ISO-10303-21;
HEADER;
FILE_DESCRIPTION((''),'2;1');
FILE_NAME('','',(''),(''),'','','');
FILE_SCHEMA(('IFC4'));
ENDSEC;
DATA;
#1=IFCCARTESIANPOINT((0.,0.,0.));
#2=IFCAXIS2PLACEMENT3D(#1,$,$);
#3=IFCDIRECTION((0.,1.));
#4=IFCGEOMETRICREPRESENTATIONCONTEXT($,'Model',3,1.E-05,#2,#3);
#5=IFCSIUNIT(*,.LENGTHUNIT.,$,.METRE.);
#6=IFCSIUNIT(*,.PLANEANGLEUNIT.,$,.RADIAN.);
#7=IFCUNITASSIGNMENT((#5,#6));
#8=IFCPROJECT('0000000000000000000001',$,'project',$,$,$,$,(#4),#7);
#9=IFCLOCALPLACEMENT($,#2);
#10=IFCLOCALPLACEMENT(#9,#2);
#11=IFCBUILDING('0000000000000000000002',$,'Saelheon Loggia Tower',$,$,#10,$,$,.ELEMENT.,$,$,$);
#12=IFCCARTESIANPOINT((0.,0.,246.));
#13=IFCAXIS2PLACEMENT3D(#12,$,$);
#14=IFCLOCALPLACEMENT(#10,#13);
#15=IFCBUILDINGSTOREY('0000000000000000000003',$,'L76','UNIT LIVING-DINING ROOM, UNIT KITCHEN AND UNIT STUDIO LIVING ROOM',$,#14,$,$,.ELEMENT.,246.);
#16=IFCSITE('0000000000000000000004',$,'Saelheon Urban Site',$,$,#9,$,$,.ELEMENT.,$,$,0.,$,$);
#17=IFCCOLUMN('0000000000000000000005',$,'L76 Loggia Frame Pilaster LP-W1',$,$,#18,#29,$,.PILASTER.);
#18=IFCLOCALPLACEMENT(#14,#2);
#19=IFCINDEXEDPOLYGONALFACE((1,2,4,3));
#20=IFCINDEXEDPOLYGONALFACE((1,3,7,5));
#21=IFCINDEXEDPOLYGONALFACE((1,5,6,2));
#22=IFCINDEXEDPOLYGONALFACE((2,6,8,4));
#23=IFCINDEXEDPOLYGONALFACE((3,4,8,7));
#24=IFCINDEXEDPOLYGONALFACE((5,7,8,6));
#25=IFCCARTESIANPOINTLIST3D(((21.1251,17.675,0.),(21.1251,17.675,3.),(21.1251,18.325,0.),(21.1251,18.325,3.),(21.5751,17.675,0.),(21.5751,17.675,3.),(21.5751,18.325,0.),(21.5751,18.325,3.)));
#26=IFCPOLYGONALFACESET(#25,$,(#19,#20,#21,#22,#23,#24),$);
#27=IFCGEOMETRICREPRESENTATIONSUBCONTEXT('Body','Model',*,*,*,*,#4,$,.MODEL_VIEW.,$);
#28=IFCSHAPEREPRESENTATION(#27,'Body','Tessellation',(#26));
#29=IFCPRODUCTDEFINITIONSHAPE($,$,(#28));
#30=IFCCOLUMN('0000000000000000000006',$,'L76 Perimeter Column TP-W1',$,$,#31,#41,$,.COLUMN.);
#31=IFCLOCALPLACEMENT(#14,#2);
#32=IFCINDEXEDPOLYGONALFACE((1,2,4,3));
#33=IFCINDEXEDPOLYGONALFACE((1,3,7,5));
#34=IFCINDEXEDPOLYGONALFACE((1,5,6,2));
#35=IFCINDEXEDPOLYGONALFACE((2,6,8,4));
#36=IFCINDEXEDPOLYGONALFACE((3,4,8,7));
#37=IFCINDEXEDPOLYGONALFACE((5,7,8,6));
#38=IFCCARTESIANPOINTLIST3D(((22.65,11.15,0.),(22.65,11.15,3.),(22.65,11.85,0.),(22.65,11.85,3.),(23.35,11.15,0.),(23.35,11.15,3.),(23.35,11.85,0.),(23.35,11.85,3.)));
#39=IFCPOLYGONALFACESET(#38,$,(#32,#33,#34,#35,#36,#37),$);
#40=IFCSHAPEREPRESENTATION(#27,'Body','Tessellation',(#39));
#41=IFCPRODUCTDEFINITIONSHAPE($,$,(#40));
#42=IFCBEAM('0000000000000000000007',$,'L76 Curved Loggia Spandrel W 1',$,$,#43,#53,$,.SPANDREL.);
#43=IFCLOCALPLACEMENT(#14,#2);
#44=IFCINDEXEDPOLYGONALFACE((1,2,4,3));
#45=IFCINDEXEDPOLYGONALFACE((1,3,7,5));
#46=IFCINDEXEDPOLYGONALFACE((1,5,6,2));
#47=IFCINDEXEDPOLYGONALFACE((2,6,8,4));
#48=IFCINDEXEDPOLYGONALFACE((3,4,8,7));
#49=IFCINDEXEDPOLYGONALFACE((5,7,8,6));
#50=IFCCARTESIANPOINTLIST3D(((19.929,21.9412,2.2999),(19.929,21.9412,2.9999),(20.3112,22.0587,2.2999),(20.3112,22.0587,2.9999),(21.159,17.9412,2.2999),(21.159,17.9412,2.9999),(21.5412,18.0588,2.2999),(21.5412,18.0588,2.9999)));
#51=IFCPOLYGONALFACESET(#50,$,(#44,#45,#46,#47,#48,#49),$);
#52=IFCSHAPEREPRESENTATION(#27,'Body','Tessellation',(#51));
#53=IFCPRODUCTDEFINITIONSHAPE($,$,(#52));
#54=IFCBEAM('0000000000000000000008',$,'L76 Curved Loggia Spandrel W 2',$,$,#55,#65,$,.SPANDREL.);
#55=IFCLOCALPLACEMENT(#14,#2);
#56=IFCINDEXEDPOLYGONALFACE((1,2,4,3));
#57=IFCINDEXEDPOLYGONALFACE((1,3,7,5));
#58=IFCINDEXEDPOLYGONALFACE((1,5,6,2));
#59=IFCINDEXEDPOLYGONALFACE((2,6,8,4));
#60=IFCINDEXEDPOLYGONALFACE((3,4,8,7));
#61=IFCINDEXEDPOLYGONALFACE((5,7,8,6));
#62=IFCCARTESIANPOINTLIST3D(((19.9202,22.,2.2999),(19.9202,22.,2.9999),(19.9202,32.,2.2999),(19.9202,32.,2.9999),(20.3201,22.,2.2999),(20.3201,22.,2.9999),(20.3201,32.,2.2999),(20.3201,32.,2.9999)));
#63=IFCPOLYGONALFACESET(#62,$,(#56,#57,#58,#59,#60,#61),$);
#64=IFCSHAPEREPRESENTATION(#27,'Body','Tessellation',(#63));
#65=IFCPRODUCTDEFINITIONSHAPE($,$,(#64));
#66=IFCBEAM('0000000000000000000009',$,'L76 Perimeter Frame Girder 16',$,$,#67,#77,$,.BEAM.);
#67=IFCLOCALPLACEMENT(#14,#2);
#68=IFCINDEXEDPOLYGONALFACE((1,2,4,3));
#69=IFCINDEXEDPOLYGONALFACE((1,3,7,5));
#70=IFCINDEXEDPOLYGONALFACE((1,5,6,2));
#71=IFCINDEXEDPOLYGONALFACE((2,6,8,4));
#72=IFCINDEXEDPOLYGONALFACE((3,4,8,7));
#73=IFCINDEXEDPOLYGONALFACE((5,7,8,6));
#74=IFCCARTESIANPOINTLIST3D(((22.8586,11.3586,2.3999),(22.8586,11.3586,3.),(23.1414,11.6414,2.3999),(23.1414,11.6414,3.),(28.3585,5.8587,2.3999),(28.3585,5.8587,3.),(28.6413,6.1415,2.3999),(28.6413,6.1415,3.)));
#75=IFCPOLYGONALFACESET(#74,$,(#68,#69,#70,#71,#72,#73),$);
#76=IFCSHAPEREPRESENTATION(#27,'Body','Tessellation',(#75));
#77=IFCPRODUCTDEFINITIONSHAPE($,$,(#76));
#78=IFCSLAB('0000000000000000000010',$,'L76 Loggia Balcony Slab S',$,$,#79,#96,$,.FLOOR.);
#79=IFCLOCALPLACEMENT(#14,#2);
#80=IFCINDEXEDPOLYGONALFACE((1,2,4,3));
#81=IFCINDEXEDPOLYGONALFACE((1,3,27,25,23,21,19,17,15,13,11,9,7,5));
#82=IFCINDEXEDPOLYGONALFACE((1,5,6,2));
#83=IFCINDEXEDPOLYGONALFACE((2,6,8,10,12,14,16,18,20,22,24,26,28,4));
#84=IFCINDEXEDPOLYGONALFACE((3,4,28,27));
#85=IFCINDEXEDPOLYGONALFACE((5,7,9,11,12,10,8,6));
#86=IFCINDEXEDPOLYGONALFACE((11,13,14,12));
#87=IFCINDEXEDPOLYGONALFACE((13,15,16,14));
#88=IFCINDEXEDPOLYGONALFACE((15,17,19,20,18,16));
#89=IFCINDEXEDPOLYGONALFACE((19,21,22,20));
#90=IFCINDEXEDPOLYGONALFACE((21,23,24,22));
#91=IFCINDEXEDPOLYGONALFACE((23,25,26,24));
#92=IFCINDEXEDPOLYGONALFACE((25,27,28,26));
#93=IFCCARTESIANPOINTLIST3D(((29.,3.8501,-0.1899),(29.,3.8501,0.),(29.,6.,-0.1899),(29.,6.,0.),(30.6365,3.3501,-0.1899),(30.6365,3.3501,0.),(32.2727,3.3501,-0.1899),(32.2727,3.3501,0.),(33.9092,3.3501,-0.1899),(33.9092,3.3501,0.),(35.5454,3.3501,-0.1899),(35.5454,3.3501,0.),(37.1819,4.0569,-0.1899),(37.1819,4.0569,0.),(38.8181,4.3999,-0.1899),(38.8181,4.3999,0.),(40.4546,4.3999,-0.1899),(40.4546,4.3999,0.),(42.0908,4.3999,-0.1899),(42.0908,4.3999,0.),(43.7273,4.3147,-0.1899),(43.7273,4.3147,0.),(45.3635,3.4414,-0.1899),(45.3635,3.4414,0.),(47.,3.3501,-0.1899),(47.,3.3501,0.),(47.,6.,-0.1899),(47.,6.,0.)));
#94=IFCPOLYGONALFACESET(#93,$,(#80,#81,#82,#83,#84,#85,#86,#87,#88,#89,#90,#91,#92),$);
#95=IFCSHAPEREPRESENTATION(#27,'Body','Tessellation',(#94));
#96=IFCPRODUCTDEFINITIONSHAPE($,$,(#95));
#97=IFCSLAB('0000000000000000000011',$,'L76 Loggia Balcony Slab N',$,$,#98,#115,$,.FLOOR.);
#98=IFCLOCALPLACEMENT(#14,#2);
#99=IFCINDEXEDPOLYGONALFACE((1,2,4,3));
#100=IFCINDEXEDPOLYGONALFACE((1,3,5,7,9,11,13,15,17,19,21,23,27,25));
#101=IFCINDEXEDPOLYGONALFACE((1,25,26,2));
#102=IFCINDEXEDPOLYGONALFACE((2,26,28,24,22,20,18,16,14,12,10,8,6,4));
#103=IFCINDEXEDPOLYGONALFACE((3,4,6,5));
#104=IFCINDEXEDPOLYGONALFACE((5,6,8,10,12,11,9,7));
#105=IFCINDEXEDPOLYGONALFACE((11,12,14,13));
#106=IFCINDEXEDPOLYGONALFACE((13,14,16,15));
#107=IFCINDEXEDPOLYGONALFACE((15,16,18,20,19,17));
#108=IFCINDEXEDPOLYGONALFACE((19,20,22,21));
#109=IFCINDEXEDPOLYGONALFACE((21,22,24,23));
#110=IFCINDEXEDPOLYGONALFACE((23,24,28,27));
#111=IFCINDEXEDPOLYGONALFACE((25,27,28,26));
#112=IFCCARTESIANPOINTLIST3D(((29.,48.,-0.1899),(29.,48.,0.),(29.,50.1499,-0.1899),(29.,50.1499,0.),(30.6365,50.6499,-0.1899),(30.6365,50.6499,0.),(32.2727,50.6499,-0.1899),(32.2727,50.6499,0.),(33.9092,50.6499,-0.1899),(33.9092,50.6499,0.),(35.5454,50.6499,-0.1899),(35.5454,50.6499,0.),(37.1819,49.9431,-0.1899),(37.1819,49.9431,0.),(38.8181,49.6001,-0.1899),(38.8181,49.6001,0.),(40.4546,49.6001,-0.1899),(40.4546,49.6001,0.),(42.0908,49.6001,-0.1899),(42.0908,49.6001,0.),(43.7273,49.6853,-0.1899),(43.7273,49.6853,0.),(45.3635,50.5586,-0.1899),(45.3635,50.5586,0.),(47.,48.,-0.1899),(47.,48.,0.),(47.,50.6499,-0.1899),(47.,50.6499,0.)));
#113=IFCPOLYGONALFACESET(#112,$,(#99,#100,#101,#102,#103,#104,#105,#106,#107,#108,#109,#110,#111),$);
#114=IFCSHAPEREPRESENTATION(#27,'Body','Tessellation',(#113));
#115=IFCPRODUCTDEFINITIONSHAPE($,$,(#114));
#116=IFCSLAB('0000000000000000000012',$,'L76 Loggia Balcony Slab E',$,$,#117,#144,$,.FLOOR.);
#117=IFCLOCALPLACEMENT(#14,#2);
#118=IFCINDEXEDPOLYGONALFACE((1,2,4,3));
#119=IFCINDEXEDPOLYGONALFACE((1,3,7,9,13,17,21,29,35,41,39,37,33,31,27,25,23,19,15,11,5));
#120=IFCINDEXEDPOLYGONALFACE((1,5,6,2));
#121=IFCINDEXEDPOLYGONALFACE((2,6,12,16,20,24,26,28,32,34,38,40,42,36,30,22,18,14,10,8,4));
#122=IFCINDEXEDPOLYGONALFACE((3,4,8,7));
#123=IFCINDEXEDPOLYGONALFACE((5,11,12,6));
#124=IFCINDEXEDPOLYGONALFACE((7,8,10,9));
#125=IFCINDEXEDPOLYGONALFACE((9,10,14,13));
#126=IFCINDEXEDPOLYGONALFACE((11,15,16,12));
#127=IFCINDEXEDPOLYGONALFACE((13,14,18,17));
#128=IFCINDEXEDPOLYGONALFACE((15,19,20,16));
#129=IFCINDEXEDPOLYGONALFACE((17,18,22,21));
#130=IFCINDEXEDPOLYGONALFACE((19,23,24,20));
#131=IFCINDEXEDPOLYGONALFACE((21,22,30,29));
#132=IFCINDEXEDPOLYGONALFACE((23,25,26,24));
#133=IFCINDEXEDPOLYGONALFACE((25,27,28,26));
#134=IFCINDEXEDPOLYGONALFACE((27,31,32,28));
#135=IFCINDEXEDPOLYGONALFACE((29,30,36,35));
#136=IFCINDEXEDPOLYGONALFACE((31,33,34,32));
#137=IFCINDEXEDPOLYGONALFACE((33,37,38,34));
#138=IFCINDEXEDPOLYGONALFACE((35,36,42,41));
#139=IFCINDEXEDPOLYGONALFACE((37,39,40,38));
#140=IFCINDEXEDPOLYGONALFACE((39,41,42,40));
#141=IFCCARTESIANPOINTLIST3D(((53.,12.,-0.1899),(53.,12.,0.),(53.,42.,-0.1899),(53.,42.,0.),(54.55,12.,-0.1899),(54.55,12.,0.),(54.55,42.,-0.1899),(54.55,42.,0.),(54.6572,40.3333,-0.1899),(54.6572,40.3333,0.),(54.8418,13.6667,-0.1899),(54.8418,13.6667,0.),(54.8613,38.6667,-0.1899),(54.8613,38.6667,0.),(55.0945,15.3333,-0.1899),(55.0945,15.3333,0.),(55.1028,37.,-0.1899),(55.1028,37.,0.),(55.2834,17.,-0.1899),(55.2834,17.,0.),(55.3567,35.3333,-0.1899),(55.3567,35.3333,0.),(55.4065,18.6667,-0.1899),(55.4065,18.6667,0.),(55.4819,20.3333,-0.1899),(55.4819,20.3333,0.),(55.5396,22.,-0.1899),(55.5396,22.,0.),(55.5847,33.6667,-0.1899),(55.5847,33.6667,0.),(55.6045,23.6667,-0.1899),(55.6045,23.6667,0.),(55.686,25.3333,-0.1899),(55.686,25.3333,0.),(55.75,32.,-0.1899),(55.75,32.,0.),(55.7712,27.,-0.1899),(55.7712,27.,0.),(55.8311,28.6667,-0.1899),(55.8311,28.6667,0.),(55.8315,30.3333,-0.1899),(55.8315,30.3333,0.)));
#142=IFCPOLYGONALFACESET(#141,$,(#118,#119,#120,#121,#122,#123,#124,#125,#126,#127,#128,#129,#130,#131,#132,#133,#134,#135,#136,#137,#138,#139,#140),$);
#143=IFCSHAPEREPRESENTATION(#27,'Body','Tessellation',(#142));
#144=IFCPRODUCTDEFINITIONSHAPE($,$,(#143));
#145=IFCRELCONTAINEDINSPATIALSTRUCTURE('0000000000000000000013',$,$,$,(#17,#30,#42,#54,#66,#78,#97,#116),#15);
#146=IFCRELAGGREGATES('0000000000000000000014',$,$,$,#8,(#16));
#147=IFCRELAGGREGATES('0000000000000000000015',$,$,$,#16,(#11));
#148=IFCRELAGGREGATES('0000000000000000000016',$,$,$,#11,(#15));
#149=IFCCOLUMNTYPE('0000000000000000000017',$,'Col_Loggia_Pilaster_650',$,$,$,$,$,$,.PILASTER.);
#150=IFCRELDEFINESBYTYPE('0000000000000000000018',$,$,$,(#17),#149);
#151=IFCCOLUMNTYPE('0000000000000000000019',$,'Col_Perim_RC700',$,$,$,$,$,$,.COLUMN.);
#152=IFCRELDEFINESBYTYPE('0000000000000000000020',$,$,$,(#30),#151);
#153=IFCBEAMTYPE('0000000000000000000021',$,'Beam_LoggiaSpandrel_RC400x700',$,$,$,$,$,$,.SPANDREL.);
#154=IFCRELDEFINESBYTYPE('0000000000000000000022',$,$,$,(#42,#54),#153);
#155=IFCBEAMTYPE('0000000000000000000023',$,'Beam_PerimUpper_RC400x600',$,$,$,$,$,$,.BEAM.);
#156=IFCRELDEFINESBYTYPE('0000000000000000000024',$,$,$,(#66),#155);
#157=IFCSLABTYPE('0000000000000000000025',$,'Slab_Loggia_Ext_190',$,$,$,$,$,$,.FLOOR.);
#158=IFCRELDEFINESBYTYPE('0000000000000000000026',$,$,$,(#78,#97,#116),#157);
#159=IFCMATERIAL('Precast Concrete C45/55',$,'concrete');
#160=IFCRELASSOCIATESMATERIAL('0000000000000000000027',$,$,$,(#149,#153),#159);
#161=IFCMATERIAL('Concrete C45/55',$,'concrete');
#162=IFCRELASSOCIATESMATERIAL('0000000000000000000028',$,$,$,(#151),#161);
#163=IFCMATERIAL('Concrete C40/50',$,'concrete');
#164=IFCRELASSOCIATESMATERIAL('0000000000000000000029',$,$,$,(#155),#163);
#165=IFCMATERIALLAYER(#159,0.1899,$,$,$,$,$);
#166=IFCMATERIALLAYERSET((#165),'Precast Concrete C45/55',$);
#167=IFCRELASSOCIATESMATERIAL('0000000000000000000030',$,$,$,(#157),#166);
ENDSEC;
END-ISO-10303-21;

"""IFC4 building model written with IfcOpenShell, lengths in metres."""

from ifc_helpers import new_model, si_unit, direction, frame, origin, origin_2d, place, context, subcontext, project, spatial, polyline, rectangle, outline, extrude, source, transform, mapped, material, layer, layer_set, material_profile, profile_set, type_object, element, save


model = new_model("IFC4")

# Units and contexts
model_context = context("Model", 3, precision=1e-05, world=origin(), true_north=direction((0.0, 1.0)))
body_context = subcontext(model_context, "Body", "Model", "MODEL_VIEW")
ifc_project = project(units=[si_unit("LENGTHUNIT", "METRE"), si_unit("PLANEANGLEUNIT", "RADIAN")], contexts=[model_context])

# Site, building, storey
site_placement = place(None, origin())
site = spatial("IfcSite", under=ifc_project, at=site_placement, Name="Saelheon Urban Site", CompositionType="ELEMENT", RefElevation=0.0)
building_placement = place(site_placement, origin())
building = spatial("IfcBuilding", under=site, at=building_placement, Name="Saelheon Loggia Tower", CompositionType="ELEMENT")
storey_placement = place(building_placement, frame((0.0, 0.0, 246.0)))
storey = spatial("IfcBuildingStorey", under=building, at=storey_placement, Name="L76", Description="UNIT LIVING-DINING ROOM, UNIT KITCHEN AND UNIT STUDIO LIVING ROOM", CompositionType="ELEMENT", Elevation=246.0)

# Columns
ifc_material_1 = material(Name="Precast Concrete C45/55", Category="concrete")
ifc_material_profile_1 = material_profile(ifc_material_1, rectangle(XDim=0.45, YDim=0.6499, at=origin_2d()), Name="RC-450x650")
ifc_profile_set_1 = profile_set([ifc_material_profile_1], Name="Precast Concrete C45/55")
column_type_1 = type_object("IfcColumnType", Name="Col_Loggia_Pilaster_650", PredefinedType="PILASTER", material=ifc_profile_set_1)
shared_shape_1 = source(origin(), body_context, "Body", "SweptSolid", [
    extrude(rectangle(XDim=0.45, YDim=0.6499, at=origin_2d()), origin(), (0.0, 0.0, 1.0), 3.0),
])
column_1_placement = place(storey_placement, frame((21.3501, 18.0, 0.0), z_axis=(0.0, 0.0, 1.0), x_axis=(1.0, 0.0, 0.0)))
element("IfcColumn", 1, at=column_1_placement, inside=storey, type_object=column_type_1, Name="L76 Loggia Frame Pilaster LP-W1", PredefinedType="PILASTER", context=body_context, shape_type="MappedRepresentation", body=[
    mapped(shared_shape_1, transform((0.0, 0.0, 0.0), scale=1.0)),
])
ifc_material_2 = material(Name="Concrete C45/55", Category="concrete")
ifc_material_profile_2 = material_profile(ifc_material_2, rectangle(XDim=0.7, YDim=0.7, at=origin_2d()), Name="RC-700x700")
ifc_profile_set_2 = profile_set([ifc_material_profile_2], Name="Concrete C45/55")
column_type_2 = type_object("IfcColumnType", Name="Col_Perim_RC700", PredefinedType="COLUMN", material=ifc_profile_set_2)
shared_shape_2 = source(origin(), body_context, "Body", "SweptSolid", [
    extrude(rectangle(XDim=0.7, YDim=0.7, at=origin_2d()), origin(), (0.0, 0.0, 1.0), 3.0),
])
column_2_placement = place(storey_placement, frame((23.0, 11.5, 0.0), z_axis=(0.0, 0.0, 1.0), x_axis=(1.0, 0.0, 0.0)))
element("IfcColumn", 2, at=column_2_placement, inside=storey, type_object=column_type_2, Name="L76 Perimeter Column TP-W1", PredefinedType="COLUMN", context=body_context, shape_type="MappedRepresentation", body=[
    mapped(shared_shape_2, transform((0.0, 0.0, 0.0), scale=1.0)),
])

# Beams
ifc_material_profile_3 = material_profile(ifc_material_1, rectangle(XDim=0.3999, YDim=0.7, at=origin_2d()), Name="RC-400x700")
ifc_profile_set_3 = profile_set([ifc_material_profile_3], Name="Precast Concrete C45/55")
beam_type_1 = type_object("IfcBeamType", Name="Beam_LoggiaSpandrel_RC400x700", PredefinedType="SPANDREL", material=ifc_profile_set_3)
shared_shape_3 = source(origin(), body_context, "Body", "SweptSolid", [
    extrude(rectangle(XDim=0.3999, YDim=0.7, at=origin_2d()), origin(), (0.0, 0.0, 1.0), 4.1848),
])
beam_1_placement = place(storey_placement, frame((21.3501, 18.0, 2.6499), z_axis=(-0.293914, 0.955832, 0.0), x_axis=(-0.955832, -0.293914, 0.0)))
element("IfcBeam", 3, at=beam_1_placement, inside=storey, type_object=beam_type_1, Name="L76 Curved Loggia Spandrel W 1", PredefinedType="SPANDREL", context=body_context, shape_type="MappedRepresentation", body=[
    mapped(shared_shape_3, transform((0.0, 0.0, 0.0), scale=1.0)),
])
shared_shape_4 = source(origin(), body_context, "Body", "SweptSolid", [
    extrude(rectangle(XDim=0.3999, YDim=0.7, at=origin_2d()), origin(), (0.0, 0.0, 1.0), 10.0),
])
beam_2_placement = place(storey_placement, frame((20.1201, 22.0, 2.6499), z_axis=(0.0, 1.0, 0.0), x_axis=(-1.0, 0.0, 0.0)))
element("IfcBeam", 4, at=beam_2_placement, inside=storey, type_object=beam_type_1, Name="L76 Curved Loggia Spandrel W 2", PredefinedType="SPANDREL", context=body_context, shape_type="MappedRepresentation", body=[
    mapped(shared_shape_4, transform((0.0, 0.0, 0.0), scale=1.0)),
])
ifc_material_3 = material(Name="Concrete C40/50", Category="concrete")
ifc_material_profile_4 = material_profile(ifc_material_3, rectangle(XDim=0.3999, YDim=0.6001, at=origin_2d()), Name="RC-400x600")
ifc_profile_set_4 = profile_set([ifc_material_profile_4], Name="Concrete C40/50")
beam_type_2 = type_object("IfcBeamType", Name="Beam_PerimUpper_RC400x600", PredefinedType="BEAM", material=ifc_profile_set_4)
shared_shape_5 = source(origin(), body_context, "Body", "SweptSolid", [
    extrude(rectangle(XDim=0.3999, YDim=0.6001, at=origin_2d()), origin(), (0.0, 0.0, 1.0), 7.7781),
])
beam_3_placement = place(storey_placement, frame((23.0, 11.5, 2.7), z_axis=(0.707107, -0.707107, 0.0), x_axis=(0.707107, 0.707107, 0.0)))
element("IfcBeam", 5, at=beam_3_placement, inside=storey, type_object=beam_type_2, Name="L76 Perimeter Frame Girder 16", PredefinedType="BEAM", context=body_context, shape_type="MappedRepresentation", body=[
    mapped(shared_shape_5, transform((0.0, 0.0, 0.0), scale=1.0)),
])

# Slabs
ifc_layer_1 = layer(ifc_material_1, 0.1899)
ifc_layer_set_1 = layer_set([ifc_layer_1], Name="Precast Concrete C45/55")
slab_type_1 = type_object("IfcSlabType", Name="Slab_Loggia_Ext_190", PredefinedType="FLOOR", material=ifc_layer_set_1)
slab_1_placement = place(storey_placement, frame((0.0, 0.0, -0.1899)))
element("IfcSlab", 6, at=slab_1_placement, inside=storey, type_object=slab_type_1, Name="L76 Loggia Balcony Slab S", PredefinedType="FLOOR", context=body_context, shape_type="SweptSolid", body=[
    extrude(outline(polyline([(29.0, 3.8501), (30.6365, 3.3501), (32.2727, 3.3501), (33.9092, 3.3501), (35.5454, 3.3501), (37.1819, 4.0569), (38.8181, 4.3999), (40.4546, 4.3999), (42.0908, 4.3999), (43.7273, 4.3147), (45.3635, 3.4414), (47.0, 3.3501), (47.0, 6.0), (29.0, 6.0), (29.0, 3.8501)])), origin(), (0.0, 0.0, 1.0), 0.1899),
])
slab_2_placement = place(storey_placement, frame((0.0, 0.0, -0.1899)))
element("IfcSlab", 7, at=slab_2_placement, inside=storey, type_object=slab_type_1, Name="L76 Loggia Balcony Slab N", PredefinedType="FLOOR", context=body_context, shape_type="SweptSolid", body=[
    extrude(outline(polyline([(29.0, 48.0), (47.0, 48.0), (47.0, 50.6499), (45.3635, 50.5586), (43.7273, 49.6853), (42.0908, 49.6001), (40.4546, 49.6001), (38.8181, 49.6001), (37.1819, 49.9431), (35.5454, 50.6499), (33.9092, 50.6499), (32.2727, 50.6499), (30.6365, 50.6499), (29.0, 50.1499), (29.0, 48.0)])), origin(), (0.0, 0.0, 1.0), 0.1899),
])
slab_3_placement = place(storey_placement, frame((0.0, 0.0, -0.1899)))
element("IfcSlab", 8, at=slab_3_placement, inside=storey, type_object=slab_type_1, Name="L76 Loggia Balcony Slab E", PredefinedType="FLOOR", context=body_context, shape_type="SweptSolid", body=[
    extrude(outline(polyline([(53.0, 12.0), (54.55, 12.0), (54.8418, 13.6667), (55.0945, 15.3333), (55.2834, 17.0), (55.4065, 18.6667), (55.4819, 20.3333), (55.5396, 22.0), (55.6045, 23.6667), (55.686, 25.3333), (55.7712, 27.0), (55.8311, 28.6667), (55.8315, 30.3333), (55.75, 32.0), (55.5847, 33.6667), (55.3567, 35.3333), (55.1028, 37.0), (54.8613, 38.6667), (54.6572, 40.3333), (54.55, 42.0), (53.0, 42.0), (53.0, 12.0)])), origin(), (0.0, 0.0, 1.0), 0.1899),
])

save(model, "model.ifc")
